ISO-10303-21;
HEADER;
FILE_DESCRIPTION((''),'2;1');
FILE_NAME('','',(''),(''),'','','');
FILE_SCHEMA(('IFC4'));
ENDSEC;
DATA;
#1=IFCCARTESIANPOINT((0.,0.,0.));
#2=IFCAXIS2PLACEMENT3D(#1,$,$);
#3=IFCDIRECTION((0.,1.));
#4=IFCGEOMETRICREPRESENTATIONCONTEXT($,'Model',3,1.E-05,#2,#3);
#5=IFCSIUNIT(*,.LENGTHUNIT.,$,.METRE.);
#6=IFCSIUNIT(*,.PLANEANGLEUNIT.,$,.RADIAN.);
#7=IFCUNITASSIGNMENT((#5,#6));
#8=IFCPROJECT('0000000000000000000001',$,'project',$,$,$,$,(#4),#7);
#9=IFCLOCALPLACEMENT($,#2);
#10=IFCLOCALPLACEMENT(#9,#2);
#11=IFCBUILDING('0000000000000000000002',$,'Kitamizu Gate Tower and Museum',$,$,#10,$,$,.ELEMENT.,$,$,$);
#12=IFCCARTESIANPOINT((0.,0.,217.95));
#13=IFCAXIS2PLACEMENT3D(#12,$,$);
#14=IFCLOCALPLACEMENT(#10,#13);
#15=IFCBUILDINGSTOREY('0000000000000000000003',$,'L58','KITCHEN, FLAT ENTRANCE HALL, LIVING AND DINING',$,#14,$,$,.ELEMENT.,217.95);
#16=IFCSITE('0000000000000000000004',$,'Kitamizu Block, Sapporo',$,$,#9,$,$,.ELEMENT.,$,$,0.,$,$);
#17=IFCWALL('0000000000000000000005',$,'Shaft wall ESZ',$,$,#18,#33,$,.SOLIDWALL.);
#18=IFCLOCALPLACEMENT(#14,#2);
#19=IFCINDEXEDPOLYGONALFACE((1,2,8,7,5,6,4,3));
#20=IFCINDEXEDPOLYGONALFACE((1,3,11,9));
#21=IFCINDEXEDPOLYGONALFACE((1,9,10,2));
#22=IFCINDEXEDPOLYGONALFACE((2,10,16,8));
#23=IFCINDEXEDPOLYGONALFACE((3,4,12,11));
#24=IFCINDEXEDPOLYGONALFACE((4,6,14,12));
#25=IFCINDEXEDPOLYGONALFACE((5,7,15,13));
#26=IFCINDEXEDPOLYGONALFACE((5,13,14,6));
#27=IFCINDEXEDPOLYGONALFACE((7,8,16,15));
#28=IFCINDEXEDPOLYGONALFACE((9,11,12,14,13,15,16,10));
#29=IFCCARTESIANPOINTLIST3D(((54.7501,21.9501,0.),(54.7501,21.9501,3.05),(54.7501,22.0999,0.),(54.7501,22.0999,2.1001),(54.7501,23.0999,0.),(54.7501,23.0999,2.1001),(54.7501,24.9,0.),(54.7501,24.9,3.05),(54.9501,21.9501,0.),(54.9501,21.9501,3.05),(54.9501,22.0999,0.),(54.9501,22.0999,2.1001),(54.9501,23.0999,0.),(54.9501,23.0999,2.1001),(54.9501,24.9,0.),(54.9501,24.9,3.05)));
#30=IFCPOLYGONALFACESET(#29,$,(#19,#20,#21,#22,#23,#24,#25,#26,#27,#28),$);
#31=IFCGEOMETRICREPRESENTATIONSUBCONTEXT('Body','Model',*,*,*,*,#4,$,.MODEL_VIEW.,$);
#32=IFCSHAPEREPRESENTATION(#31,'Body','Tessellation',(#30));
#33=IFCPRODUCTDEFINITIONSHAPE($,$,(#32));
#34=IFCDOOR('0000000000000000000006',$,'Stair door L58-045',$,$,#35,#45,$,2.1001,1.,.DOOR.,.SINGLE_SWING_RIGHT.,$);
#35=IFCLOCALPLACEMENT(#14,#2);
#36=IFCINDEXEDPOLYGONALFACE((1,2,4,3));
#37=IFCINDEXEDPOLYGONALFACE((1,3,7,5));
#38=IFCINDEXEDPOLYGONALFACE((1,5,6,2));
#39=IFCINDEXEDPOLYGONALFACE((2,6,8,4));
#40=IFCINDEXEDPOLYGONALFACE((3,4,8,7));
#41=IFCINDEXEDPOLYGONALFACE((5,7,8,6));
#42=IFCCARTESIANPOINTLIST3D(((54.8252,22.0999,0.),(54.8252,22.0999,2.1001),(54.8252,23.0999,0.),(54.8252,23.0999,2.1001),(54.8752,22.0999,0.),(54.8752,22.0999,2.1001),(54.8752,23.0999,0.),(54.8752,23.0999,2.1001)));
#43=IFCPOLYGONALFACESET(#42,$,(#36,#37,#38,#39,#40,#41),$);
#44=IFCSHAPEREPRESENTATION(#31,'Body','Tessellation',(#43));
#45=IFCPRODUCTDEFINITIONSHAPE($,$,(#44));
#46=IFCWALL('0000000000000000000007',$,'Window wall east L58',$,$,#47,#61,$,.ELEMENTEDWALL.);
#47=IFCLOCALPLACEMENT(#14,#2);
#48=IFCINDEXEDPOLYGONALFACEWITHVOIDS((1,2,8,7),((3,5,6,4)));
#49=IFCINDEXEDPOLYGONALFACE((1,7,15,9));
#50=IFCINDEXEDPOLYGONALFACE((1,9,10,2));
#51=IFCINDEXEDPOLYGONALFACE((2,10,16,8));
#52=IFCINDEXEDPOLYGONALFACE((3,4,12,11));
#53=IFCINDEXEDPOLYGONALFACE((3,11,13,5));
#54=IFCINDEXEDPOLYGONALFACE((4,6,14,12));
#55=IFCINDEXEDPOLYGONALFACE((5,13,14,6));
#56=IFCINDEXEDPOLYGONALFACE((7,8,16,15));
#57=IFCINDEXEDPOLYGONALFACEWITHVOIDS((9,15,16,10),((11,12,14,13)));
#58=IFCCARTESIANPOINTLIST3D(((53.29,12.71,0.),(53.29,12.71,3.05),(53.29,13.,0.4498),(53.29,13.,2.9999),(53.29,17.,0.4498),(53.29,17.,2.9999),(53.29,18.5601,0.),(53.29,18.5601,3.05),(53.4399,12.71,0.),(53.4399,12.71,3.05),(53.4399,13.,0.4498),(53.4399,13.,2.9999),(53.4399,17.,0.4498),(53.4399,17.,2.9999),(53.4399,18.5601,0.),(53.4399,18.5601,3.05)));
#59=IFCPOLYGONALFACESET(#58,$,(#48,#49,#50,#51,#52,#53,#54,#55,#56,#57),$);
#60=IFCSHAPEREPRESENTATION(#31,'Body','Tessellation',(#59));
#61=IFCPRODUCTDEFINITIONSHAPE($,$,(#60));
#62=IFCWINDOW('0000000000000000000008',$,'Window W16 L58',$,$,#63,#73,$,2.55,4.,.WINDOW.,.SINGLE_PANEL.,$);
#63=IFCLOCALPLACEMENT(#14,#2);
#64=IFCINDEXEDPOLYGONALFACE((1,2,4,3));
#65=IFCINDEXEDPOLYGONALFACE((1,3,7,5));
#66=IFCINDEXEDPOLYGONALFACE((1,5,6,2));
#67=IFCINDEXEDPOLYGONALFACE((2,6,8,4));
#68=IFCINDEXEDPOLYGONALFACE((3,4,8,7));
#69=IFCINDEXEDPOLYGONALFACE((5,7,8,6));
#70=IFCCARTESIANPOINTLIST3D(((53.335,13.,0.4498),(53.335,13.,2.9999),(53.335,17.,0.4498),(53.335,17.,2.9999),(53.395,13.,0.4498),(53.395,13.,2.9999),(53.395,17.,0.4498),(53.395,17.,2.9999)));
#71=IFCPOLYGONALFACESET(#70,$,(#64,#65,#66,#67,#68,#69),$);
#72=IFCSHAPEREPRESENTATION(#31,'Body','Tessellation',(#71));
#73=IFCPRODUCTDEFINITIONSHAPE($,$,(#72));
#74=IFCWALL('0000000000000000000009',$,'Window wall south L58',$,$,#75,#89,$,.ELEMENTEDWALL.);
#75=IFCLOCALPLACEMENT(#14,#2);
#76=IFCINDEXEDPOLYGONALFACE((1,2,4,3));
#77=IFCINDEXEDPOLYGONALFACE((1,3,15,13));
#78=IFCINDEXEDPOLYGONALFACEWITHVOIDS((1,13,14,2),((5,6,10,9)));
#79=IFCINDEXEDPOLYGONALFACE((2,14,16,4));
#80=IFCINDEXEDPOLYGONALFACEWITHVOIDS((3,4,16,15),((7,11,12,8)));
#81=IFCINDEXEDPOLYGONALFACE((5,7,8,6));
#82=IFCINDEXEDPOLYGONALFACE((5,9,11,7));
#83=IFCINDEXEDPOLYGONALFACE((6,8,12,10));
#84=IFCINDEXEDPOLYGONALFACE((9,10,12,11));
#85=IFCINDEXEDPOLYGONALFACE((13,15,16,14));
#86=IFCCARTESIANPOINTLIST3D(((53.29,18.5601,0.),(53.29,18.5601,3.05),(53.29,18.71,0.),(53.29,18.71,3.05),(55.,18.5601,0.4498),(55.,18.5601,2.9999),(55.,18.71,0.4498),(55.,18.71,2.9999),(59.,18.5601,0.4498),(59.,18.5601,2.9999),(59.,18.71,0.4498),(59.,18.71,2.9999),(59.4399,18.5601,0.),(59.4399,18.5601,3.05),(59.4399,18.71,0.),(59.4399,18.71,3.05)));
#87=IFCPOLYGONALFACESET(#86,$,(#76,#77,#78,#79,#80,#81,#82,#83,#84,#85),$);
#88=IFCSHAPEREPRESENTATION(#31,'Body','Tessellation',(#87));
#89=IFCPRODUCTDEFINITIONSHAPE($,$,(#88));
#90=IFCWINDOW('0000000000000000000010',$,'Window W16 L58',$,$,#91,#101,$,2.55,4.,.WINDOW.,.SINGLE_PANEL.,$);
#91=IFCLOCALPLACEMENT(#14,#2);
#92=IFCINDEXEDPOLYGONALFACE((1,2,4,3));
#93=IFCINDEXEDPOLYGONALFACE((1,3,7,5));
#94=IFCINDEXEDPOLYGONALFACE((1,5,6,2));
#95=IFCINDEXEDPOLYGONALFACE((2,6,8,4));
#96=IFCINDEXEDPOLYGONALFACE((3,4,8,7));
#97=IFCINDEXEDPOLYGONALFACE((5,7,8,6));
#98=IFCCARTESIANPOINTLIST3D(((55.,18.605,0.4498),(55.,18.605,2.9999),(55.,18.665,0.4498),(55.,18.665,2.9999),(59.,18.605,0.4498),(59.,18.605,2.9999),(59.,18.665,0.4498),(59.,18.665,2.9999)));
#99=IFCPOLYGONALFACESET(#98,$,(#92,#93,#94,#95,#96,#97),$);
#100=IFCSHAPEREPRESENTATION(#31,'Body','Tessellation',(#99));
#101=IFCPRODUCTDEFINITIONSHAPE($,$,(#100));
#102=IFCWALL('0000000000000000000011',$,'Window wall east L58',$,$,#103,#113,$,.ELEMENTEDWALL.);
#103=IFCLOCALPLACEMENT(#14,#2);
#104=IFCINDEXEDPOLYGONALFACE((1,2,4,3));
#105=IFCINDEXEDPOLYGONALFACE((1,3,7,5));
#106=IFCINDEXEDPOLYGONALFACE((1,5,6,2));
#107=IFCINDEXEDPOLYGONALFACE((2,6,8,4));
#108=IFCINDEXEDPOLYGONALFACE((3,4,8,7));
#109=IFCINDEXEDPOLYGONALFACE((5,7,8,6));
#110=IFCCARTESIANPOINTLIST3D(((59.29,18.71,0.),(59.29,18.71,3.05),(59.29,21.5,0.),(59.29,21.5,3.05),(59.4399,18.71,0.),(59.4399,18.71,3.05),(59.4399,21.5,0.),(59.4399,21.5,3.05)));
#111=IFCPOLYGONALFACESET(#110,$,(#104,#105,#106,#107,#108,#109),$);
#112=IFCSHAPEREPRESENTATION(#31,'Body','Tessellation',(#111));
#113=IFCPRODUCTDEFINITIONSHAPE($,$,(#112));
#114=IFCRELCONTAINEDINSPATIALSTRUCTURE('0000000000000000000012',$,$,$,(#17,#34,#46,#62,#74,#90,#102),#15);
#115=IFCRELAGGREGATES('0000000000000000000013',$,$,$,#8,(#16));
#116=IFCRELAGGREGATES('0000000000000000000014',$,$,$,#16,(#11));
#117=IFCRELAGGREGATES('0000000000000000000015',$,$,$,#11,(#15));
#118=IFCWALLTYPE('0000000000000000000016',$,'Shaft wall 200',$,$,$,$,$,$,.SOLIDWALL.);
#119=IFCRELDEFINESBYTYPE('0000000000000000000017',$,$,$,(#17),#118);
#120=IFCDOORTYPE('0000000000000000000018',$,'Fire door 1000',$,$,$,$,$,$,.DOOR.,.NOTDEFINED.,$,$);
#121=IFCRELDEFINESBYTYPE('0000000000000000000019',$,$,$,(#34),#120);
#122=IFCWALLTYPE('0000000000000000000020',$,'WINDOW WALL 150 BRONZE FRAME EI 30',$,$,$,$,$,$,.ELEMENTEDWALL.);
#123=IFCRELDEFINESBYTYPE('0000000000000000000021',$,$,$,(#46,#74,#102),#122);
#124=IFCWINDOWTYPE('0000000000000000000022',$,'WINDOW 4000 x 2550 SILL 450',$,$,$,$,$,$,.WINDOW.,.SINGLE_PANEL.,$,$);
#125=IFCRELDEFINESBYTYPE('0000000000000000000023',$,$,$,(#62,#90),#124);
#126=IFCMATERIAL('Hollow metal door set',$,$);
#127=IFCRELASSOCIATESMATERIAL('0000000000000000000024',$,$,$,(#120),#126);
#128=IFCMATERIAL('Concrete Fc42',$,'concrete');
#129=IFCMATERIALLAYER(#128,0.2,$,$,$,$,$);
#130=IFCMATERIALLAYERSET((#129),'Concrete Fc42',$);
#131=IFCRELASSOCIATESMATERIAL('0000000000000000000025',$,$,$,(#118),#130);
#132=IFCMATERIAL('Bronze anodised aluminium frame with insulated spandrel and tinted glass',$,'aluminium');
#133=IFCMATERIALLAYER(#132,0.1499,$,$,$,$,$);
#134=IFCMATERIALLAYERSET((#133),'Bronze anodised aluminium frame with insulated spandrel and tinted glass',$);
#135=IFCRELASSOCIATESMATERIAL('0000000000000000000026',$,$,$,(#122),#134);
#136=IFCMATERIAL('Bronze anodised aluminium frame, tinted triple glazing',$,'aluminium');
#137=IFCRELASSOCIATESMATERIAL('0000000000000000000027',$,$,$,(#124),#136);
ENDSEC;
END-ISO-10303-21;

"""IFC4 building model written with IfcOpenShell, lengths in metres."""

from ifc_helpers import new_model, si_unit, direction, frame, frame_2d, origin, place, context, subcontext, project, spatial, rectangle, extrude, material, layer, layer_set, type_object, element, fill, save


model = new_model("IFC4")

# Units and contexts
model_context = context("Model", 3, precision=1e-05, world=origin(), true_north=direction((0.0, 1.0)))
body_context = subcontext(model_context, "Body", "Model", "MODEL_VIEW")
ifc_project = project(units=[si_unit("LENGTHUNIT", "METRE"), si_unit("PLANEANGLEUNIT", "RADIAN")], contexts=[model_context])

# Site, building, storey
site_placement = place(None, origin())
site = spatial("IfcSite", under=ifc_project, at=site_placement, Name="Kitamizu Block, Sapporo", CompositionType="ELEMENT", RefElevation=0.0)
building_placement = place(site_placement, origin())
building = spatial("IfcBuilding", under=site, at=building_placement, Name="Kitamizu Gate Tower and Museum", CompositionType="ELEMENT")
storey_placement = place(building_placement, frame((0.0, 0.0, 217.95)))
storey = spatial("IfcBuildingStorey", under=building, at=storey_placement, Name="L58", Description="KITCHEN, FLAT ENTRANCE HALL, LIVING AND DINING", CompositionType="ELEMENT", Elevation=217.95)

# Shared definitions
ifc_material_1 = material(Name="Hollow metal door set")
door_type_1 = type_object("IfcDoorType", Name="Fire door 1000", OperationType="NOTDEFINED", PredefinedType="DOOR", material=ifc_material_1)

# Shared definitions
ifc_material_2 = material(Name="Concrete Fc42", Category="concrete")
ifc_layer_1 = layer(ifc_material_2, 0.2)
ifc_layer_set_1 = layer_set([ifc_layer_1], Name="Concrete Fc42")
wall_type_1 = type_object("IfcWallType", Name="Shaft wall 200", PredefinedType="SOLIDWALL", material=ifc_layer_set_1)

# Wall, opening, door
wall_1_placement = place(storey_placement, frame((54.8501, 21.95, 0.0), z_axis=(0.0, 0.0, 1.0), x_axis=(0.0, 1.0, 0.0)))
wall_1 = element("IfcWall", 1, at=wall_1_placement, inside=storey, type_object=wall_type_1, Name="Shaft wall ESZ", PredefinedType="SOLIDWALL", context=body_context, shape_type="SweptSolid", body=[
    extrude(rectangle(XDim=2.95, YDim=0.2, at=frame_2d((1.4751, 0.0))), origin(), (0.0, 0.0, 1.0), 3.05),
])
opening_1_placement = place(wall_1_placement, frame((0.1499, 0.0, 0.0)))
opening_1 = element("IfcOpeningElement", 2, at=opening_1_placement, cuts=wall_1, PredefinedType="OPENING", context=body_context, shape_type="SweptSolid", body=[
    extrude(rectangle(XDim=1.0, YDim=2.1001, at=frame_2d((0.5, 1.05))), frame((0.0, 0.1099, 0.0), z_axis=(0.0, -1.0, 0.0), x_axis=(1.0, 0.0, 0.0)), (0.0, 0.0, 1.0), 0.22),
])
door_1_placement = place(opening_1_placement, origin())
door_1 = element("IfcDoor", 3, at=door_1_placement, inside=storey, type_object=door_type_1, Name="Stair door L58-045", OperationType="SINGLE_SWING_RIGHT", OverallHeight=2.1001, OverallWidth=1.0, PredefinedType="DOOR", context=body_context, shape_type="SweptSolid", body=[
    extrude(rectangle(XDim=1.0, YDim=2.1001, at=frame_2d((0.5, 1.05))), frame((0.0, 0.0249, 0.0), z_axis=(0.0, -1.0, 0.0), x_axis=(1.0, 0.0, 0.0)), (0.0, 0.0, 1.0), 0.05),
])
fill(opening_1, door_1)

# Walls, openings, windows
ifc_material_3 = material(Name="Bronze anodised aluminium frame with insulated spandrel and tinted glass", Category="aluminium")
ifc_layer_2 = layer(ifc_material_3, 0.1499)
ifc_layer_set_2 = layer_set([ifc_layer_2], Name="Bronze anodised aluminium frame with insulated spandrel and tinted glass")
wall_type_2 = type_object("IfcWallType", Name="WINDOW WALL 150 BRONZE FRAME EI 30", PredefinedType="ELEMENTEDWALL", material=ifc_layer_set_2)
wall_2_placement = place(storey_placement, frame((53.365, 12.71, 0.0), z_axis=(0.0, 0.0, 1.0), x_axis=(0.0, 1.0, 0.0)))
wall_2 = element("IfcWall", 4, at=wall_2_placement, inside=storey, type_object=wall_type_2, Name="Window wall east L58", PredefinedType="ELEMENTEDWALL", context=body_context, shape_type="SweptSolid", body=[
    extrude(rectangle(XDim=5.8501, YDim=0.1499, at=frame_2d((2.925, 0.0))), origin(), (0.0, 0.0, 1.0), 3.05),
])
opening_2_placement = place(wall_2_placement, frame((0.29, 0.0, 0.45)))
opening_2 = element("IfcOpeningElement", 5, at=opening_2_placement, cuts=wall_2, PredefinedType="OPENING", context=body_context, shape_type="SweptSolid", body=[
    extrude(rectangle(XDim=4.0, YDim=2.55, at=frame_2d((2.0, 1.2749))), frame((0.0, 0.085, 0.0), z_axis=(0.0, -1.0, 0.0), x_axis=(1.0, 0.0, 0.0)), (0.0, 0.0, 1.0), 0.1699),
])
ifc_material_4 = material(Name="Bronze anodised aluminium frame, tinted triple glazing", Category="aluminium")
window_type = type_object("IfcWindowType", Name="WINDOW 4000 x 2550 SILL 450", PartitioningType="SINGLE_PANEL", PredefinedType="WINDOW", material=ifc_material_4)
window_1_placement = place(opening_2_placement, origin())
window_1 = element("IfcWindow", 6, at=window_1_placement, inside=storey, type_object=window_type, Name="Window W16 L58", OverallHeight=2.55, OverallWidth=4.0, PartitioningType="SINGLE_PANEL", PredefinedType="WINDOW", context=body_context, shape_type="SweptSolid", body=[
    extrude(rectangle(XDim=4.0, YDim=2.55, at=frame_2d((2.0, 1.2749))), frame((0.0, 0.03, 0.0), z_axis=(0.0, -1.0, 0.0), x_axis=(1.0, 0.0, 0.0)), (0.0, 0.0, 1.0), 0.0601),
])
fill(opening_2, window_1)
wall_3_placement = place(storey_placement, frame((53.29, 18.635, 0.0), z_axis=(0.0, 0.0, 1.0), x_axis=(1.0, 0.0, 0.0)))
wall_3 = element("IfcWall", 7, at=wall_3_placement, inside=storey, type_object=wall_type_2, Name="Window wall south L58", PredefinedType="ELEMENTEDWALL", context=body_context, shape_type="SweptSolid", body=[
    extrude(rectangle(XDim=6.1499, YDim=0.1499, at=frame_2d((3.075, 0.0))), origin(), (0.0, 0.0, 1.0), 3.05),
])
opening_3_placement = place(wall_3_placement, frame((1.71, 0.0, 0.45)))
opening_3 = element("IfcOpeningElement", 8, at=opening_3_placement, cuts=wall_3, PredefinedType="OPENING", context=body_context, shape_type="SweptSolid", body=[
    extrude(rectangle(XDim=4.0, YDim=2.55, at=frame_2d((2.0, 1.2749))), frame((0.0, 0.085, 0.0), z_axis=(0.0, -1.0, 0.0), x_axis=(1.0, 0.0, 0.0)), (0.0, 0.0, 1.0), 0.1699),
])
window_2_placement = place(opening_3_placement, origin())
window_2 = element("IfcWindow", 9, at=window_2_placement, inside=storey, type_object=window_type, Name="Window W16 L58", OverallHeight=2.55, OverallWidth=4.0, PartitioningType="SINGLE_PANEL", PredefinedType="WINDOW", context=body_context, shape_type="SweptSolid", body=[
    extrude(rectangle(XDim=4.0, YDim=2.55, at=frame_2d((2.0, 1.2749))), frame((0.0, 0.03, 0.0), z_axis=(0.0, -1.0, 0.0), x_axis=(1.0, 0.0, 0.0)), (0.0, 0.0, 1.0), 0.0601),
])
fill(opening_3, window_2)

# Wall
wall_4_placement = place(storey_placement, frame((59.365, 18.71, 0.0), z_axis=(0.0, 0.0, 1.0), x_axis=(0.0, 1.0, 0.0)))
element("IfcWall", 10, at=wall_4_placement, inside=storey, type_object=wall_type_2, Name="Window wall east L58", PredefinedType="ELEMENTEDWALL", context=body_context, shape_type="SweptSolid", body=[
    extrude(rectangle(XDim=2.79, YDim=0.1499, at=frame_2d((1.395, 0.0))), origin(), (0.0, 0.0, 1.0), 3.05),
])

save(model, "model.ifc")
